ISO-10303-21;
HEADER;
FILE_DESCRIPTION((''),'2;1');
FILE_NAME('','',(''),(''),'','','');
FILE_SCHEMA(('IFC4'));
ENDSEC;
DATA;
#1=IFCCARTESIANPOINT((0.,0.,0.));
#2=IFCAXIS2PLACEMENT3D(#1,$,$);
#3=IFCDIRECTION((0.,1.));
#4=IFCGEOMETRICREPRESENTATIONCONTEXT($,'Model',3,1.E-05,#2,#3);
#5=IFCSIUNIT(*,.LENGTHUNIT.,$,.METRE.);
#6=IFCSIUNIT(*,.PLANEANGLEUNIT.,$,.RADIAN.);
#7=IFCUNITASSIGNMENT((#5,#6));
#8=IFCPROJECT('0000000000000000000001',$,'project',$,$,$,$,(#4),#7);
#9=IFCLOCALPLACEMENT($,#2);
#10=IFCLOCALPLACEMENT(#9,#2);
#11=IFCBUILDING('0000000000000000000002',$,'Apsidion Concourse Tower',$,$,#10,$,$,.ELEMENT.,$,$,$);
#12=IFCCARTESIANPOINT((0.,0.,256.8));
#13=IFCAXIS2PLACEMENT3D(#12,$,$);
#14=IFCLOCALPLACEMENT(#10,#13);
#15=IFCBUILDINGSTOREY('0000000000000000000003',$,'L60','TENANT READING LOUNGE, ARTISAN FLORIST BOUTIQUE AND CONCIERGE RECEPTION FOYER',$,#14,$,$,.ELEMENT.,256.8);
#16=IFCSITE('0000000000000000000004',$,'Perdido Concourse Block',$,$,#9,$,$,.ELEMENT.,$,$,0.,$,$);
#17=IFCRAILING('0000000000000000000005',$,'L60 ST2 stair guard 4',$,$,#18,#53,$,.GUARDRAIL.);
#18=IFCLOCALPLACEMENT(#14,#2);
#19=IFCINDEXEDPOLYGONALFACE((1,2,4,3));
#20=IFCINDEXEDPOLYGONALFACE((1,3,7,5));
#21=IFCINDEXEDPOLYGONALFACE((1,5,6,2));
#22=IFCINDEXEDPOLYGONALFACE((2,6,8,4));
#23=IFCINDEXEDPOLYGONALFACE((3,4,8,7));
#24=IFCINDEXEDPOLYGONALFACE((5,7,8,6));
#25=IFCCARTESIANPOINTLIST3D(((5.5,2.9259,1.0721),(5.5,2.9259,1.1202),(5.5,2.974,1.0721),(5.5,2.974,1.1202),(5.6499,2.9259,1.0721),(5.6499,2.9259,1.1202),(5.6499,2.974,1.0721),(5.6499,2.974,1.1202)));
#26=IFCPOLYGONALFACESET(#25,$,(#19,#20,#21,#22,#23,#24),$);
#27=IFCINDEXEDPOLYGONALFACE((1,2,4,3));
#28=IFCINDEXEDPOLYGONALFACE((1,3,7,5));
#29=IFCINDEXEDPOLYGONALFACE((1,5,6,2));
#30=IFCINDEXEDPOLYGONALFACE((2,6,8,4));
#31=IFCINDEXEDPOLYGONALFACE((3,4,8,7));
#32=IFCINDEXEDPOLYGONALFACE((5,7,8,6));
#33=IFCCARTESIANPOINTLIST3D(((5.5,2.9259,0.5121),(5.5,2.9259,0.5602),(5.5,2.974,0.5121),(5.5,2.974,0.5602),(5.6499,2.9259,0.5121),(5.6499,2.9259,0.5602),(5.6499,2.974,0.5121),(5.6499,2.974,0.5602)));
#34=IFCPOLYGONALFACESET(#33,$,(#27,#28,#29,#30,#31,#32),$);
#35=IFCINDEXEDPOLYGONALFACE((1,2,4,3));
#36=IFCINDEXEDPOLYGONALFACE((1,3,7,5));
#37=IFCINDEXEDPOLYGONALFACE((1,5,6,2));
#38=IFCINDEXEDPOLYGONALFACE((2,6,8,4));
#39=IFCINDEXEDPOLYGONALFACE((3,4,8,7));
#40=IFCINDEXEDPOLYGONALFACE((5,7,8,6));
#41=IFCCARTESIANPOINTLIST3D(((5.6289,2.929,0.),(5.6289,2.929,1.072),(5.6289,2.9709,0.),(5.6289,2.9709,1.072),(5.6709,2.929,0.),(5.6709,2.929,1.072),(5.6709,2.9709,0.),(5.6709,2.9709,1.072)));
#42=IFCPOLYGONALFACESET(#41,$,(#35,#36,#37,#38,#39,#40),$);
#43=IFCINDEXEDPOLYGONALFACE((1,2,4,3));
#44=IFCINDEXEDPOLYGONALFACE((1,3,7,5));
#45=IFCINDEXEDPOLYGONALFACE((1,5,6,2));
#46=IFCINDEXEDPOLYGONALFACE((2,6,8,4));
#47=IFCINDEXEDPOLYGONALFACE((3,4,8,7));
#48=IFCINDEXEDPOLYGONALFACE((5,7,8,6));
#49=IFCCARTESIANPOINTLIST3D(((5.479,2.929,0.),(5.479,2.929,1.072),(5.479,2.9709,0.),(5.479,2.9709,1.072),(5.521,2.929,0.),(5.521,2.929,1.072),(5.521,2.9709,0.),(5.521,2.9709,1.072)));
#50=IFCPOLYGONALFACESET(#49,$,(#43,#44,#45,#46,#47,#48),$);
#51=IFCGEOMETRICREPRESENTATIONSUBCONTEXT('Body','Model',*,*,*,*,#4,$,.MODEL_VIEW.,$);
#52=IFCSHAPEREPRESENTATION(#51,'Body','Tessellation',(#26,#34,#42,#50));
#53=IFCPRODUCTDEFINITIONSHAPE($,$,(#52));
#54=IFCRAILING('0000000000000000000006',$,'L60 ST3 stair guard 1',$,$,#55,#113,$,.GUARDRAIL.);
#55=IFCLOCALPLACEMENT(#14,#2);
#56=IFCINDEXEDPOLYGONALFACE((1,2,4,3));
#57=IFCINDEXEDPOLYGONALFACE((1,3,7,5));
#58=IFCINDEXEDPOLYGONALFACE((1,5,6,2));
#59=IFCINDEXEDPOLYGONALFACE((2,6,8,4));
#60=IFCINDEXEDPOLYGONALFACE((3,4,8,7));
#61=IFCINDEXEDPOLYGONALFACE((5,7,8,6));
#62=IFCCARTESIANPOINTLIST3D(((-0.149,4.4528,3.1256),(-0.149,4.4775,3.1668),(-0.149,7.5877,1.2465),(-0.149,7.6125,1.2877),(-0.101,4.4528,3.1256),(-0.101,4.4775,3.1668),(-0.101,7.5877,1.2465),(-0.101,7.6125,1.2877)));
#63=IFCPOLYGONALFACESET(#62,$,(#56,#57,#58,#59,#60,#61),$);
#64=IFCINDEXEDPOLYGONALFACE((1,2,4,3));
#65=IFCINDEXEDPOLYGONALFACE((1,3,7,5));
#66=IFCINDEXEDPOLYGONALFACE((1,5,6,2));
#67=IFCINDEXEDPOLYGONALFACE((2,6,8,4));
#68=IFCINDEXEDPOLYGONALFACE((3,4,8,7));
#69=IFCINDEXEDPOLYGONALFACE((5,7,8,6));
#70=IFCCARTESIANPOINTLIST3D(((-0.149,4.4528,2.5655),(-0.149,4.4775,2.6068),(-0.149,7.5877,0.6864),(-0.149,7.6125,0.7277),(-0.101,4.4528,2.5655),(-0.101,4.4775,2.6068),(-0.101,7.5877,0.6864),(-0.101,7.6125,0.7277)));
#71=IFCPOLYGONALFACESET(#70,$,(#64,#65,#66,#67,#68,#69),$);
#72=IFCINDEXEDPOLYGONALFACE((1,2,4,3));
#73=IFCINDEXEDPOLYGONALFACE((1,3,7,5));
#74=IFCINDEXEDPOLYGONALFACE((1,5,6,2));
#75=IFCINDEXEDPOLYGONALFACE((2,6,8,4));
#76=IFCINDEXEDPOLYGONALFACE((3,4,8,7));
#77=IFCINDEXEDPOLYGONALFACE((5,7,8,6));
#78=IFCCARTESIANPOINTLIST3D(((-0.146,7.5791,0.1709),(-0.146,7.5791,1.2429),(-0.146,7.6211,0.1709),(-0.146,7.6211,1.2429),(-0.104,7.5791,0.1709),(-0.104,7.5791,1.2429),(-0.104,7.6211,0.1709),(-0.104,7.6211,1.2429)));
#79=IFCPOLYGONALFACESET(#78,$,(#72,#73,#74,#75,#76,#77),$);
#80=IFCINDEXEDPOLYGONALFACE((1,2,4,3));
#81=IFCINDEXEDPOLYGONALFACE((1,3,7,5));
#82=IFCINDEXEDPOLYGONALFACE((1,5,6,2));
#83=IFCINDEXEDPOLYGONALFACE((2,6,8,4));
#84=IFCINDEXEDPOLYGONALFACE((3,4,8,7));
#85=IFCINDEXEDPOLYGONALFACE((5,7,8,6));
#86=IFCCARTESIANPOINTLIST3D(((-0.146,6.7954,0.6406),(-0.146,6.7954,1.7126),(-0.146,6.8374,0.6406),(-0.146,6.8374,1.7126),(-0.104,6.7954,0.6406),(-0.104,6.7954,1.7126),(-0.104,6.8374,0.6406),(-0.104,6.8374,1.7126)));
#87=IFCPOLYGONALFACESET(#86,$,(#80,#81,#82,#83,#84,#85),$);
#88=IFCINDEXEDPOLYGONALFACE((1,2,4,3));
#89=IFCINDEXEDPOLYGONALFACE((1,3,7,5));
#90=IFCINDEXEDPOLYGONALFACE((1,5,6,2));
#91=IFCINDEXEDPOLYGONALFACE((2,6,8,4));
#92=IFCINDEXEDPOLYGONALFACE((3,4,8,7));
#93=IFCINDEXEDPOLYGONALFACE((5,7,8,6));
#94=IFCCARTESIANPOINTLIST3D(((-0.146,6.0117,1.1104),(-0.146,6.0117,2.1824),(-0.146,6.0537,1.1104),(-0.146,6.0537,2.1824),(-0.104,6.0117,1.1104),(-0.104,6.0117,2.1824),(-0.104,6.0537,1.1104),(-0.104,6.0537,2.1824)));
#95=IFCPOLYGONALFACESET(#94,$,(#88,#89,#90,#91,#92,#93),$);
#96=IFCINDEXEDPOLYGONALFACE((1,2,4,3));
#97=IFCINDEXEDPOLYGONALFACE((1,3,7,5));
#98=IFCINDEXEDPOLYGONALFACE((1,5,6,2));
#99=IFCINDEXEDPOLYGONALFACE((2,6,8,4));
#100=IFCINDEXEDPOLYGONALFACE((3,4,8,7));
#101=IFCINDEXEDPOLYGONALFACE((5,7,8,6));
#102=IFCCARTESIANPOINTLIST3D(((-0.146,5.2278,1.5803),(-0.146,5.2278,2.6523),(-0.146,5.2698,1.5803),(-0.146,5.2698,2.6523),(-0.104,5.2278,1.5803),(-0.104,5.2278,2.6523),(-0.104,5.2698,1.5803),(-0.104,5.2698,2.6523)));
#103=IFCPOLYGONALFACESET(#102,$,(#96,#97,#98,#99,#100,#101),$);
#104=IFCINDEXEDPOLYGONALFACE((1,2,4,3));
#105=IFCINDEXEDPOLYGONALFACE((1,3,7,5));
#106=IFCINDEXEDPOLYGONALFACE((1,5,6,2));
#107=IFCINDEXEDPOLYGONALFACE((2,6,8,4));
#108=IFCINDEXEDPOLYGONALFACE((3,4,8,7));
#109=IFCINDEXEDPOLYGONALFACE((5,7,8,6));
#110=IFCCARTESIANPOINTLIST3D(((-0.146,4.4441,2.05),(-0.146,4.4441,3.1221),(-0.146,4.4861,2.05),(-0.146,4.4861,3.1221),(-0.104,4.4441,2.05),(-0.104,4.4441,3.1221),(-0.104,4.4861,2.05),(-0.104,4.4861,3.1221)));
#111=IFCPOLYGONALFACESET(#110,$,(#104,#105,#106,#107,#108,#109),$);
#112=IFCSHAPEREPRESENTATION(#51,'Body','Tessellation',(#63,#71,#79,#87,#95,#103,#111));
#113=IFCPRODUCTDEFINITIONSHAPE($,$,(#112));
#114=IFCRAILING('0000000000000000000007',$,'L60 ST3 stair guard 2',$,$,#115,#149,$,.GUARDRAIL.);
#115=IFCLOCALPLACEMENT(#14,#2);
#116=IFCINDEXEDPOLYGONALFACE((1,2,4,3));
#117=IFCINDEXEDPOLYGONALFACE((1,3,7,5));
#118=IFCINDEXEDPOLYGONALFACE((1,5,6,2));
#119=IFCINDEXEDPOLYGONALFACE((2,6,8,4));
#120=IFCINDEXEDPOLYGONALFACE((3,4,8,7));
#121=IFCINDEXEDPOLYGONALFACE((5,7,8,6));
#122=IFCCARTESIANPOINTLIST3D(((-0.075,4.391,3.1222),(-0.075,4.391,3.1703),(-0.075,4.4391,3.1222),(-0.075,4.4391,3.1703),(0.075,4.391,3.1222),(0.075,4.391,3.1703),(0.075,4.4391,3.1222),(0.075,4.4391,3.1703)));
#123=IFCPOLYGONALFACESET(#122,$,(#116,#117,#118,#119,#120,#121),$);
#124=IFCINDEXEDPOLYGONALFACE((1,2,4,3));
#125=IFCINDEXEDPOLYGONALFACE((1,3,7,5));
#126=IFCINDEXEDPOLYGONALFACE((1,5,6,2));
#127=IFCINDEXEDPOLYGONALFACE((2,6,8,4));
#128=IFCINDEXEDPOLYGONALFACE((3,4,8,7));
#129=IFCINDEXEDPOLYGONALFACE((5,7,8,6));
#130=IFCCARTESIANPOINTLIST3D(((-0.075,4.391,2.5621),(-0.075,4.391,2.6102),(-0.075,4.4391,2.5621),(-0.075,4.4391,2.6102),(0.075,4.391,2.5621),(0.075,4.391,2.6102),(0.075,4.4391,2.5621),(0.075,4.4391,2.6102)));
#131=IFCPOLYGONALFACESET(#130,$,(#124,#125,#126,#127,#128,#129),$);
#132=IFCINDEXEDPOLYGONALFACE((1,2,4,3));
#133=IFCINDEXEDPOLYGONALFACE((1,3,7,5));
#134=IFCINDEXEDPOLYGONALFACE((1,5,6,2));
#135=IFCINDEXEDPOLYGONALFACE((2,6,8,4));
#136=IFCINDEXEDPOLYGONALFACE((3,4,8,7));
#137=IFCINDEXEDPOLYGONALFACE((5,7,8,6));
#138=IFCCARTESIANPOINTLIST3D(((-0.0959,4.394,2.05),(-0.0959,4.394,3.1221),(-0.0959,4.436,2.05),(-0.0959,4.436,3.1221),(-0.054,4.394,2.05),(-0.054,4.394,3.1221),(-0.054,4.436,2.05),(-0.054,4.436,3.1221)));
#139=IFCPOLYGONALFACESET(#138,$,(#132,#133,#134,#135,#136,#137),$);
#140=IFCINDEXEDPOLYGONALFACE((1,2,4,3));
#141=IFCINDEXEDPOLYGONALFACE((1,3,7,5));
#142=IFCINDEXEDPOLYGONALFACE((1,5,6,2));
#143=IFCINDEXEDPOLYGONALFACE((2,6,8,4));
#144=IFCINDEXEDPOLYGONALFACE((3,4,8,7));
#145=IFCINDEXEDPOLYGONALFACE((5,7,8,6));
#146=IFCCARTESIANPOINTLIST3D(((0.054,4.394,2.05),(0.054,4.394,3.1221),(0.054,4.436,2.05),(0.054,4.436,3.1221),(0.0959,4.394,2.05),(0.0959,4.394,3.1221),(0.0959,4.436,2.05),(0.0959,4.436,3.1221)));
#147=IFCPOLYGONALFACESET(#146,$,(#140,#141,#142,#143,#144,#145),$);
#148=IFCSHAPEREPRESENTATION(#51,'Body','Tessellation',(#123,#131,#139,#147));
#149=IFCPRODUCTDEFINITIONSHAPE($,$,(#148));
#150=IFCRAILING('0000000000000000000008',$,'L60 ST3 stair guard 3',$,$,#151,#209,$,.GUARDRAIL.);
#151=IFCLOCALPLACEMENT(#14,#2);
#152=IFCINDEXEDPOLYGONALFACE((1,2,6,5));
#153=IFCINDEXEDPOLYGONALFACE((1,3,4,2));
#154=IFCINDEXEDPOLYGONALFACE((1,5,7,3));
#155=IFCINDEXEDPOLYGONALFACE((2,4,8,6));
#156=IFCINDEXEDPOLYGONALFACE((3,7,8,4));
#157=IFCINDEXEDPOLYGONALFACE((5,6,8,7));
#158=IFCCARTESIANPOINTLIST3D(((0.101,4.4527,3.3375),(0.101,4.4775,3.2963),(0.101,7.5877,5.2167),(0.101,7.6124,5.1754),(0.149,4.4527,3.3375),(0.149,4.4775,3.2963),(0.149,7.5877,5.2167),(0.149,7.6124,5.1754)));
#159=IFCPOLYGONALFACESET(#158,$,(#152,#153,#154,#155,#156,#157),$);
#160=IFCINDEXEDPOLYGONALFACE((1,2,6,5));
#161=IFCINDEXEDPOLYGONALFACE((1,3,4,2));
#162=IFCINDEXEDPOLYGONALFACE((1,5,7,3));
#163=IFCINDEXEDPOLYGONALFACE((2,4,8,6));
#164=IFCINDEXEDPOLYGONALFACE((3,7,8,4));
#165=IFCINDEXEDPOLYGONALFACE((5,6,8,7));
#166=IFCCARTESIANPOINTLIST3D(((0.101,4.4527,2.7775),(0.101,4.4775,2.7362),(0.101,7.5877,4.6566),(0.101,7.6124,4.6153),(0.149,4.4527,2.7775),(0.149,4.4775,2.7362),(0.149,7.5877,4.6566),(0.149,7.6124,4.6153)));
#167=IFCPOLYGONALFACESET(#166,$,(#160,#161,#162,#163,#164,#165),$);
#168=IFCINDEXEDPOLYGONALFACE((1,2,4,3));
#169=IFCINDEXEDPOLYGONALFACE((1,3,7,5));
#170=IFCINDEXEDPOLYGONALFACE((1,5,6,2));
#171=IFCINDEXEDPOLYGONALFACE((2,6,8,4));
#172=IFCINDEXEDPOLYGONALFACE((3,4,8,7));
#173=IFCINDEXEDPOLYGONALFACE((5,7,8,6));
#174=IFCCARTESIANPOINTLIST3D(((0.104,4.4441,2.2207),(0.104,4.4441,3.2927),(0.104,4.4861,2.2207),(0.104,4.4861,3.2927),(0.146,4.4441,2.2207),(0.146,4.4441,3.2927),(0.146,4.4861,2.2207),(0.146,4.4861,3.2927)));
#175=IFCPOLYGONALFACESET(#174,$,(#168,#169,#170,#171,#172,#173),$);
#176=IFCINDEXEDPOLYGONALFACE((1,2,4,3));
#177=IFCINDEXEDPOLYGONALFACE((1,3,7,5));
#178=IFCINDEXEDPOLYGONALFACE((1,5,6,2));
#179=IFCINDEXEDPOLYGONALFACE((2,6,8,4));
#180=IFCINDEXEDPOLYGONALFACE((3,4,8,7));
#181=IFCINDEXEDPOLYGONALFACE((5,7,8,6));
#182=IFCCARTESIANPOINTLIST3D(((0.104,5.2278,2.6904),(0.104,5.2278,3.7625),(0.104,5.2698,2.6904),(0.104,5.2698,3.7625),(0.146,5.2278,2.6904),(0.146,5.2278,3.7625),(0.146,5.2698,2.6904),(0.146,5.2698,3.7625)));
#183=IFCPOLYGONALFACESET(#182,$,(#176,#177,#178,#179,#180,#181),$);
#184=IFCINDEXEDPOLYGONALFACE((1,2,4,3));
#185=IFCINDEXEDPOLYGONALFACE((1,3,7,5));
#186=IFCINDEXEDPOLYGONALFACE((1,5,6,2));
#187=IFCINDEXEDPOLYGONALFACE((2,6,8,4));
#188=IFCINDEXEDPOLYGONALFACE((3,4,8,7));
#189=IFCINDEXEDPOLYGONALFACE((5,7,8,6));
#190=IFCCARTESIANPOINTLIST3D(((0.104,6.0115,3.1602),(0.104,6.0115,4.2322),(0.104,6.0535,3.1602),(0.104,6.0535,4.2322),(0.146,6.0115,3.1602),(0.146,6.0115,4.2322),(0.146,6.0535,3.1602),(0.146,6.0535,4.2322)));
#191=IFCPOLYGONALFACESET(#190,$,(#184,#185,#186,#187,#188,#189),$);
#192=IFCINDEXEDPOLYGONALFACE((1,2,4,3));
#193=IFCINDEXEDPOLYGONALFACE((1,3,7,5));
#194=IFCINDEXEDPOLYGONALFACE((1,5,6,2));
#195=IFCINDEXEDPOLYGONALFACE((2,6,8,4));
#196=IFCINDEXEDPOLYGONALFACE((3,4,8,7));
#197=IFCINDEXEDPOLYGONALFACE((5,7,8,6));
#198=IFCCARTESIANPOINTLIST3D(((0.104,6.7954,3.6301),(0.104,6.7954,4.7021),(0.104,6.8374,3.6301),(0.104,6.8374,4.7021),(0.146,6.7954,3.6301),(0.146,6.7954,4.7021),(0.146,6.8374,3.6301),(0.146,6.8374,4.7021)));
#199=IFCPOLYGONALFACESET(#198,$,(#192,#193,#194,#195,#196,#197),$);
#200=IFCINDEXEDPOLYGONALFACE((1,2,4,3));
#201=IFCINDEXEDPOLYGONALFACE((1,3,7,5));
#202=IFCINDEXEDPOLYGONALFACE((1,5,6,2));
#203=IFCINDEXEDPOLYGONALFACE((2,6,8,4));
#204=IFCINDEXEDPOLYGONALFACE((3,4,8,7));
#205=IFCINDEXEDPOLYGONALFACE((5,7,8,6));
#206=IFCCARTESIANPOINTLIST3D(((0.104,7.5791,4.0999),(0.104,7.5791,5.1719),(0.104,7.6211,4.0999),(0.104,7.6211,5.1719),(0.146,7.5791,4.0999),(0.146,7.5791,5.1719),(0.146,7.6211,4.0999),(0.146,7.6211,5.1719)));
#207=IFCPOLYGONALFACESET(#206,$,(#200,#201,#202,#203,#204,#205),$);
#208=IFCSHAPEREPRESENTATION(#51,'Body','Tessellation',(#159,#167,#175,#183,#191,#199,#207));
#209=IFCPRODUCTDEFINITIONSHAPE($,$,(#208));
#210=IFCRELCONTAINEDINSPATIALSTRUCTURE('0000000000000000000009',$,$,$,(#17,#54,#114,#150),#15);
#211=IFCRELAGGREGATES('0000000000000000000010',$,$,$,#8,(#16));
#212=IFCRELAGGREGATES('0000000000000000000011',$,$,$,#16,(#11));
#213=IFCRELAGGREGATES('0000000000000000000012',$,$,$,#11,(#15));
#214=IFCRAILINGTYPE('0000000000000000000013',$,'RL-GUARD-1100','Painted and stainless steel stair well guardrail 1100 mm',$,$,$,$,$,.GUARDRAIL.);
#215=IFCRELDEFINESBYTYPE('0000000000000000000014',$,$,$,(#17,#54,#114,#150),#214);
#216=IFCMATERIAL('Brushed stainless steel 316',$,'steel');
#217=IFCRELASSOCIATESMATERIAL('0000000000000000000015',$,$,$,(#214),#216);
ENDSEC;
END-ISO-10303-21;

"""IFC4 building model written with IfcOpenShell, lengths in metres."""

from ifc_helpers import new_model, si_unit, direction, frame, origin, origin_2d, place, context, subcontext, project, spatial, rectangle, extrude, material, type_object, element, save


model = new_model("IFC4")

# Units and contexts
model_context = context("Model", 3, precision=1e-05, world=origin(), true_north=direction((0.0, 1.0)))
body_context = subcontext(model_context, "Body", "Model", "MODEL_VIEW")
ifc_project = project(units=[si_unit("LENGTHUNIT", "METRE"), si_unit("PLANEANGLEUNIT", "RADIAN")], contexts=[model_context])

# Site, building, storey
site_placement = place(None, origin())
site = spatial("IfcSite", under=ifc_project, at=site_placement, Name="Perdido Concourse Block", CompositionType="ELEMENT", RefElevation=0.0)
building_placement = place(site_placement, origin())
building = spatial("IfcBuilding", under=site, at=building_placement, Name="Apsidion Concourse Tower", CompositionType="ELEMENT")
storey_placement = place(building_placement, frame((0.0, 0.0, 256.8)))
storey = spatial("IfcBuildingStorey", under=building, at=storey_placement, Name="L60", Description="TENANT READING LOUNGE, ARTISAN FLORIST BOUTIQUE AND CONCIERGE RECEPTION FOYER", CompositionType="ELEMENT", Elevation=256.8)

# Shared definitions
ifc_material_1 = material(Name="Brushed stainless steel 316", Category="steel")

# Railings
railing_type_1 = type_object("IfcRailingType", Name="RL-GUARD-1100", Description="Painted and stainless steel stair well guardrail 1100 mm", PredefinedType="GUARDRAIL", material=ifc_material_1)
railing_1_placement = place(storey_placement, frame((5.6499, 2.95, 0.0)))
element("IfcRailing", 1, at=railing_1_placement, inside=storey, type_object=railing_type_1, Name="L60 ST2 stair guard 4", PredefinedType="GUARDRAIL", context=body_context, shape_type="SweptSolid", body=[
    extrude(rectangle(XDim=0.0481, YDim=0.0481, at=origin_2d()), frame((0.0, 0.0, 1.0962), z_axis=(-1.0, 0.0, 0.0), x_axis=(0.0, -1.0, 0.0)), (0.0, 0.0, 1.0), 0.1499),
    extrude(rectangle(XDim=0.0481, YDim=0.0481, at=origin_2d()), frame((0.0, 0.0, 0.5361), z_axis=(-1.0, 0.0, 0.0), x_axis=(0.0, -1.0, 0.0)), (0.0, 0.0, 1.0), 0.1499),
    extrude(rectangle(XDim=0.042, YDim=0.042, at=origin_2d()), origin(), (0.0, 0.0, 1.0), 1.072),
    extrude(rectangle(XDim=0.042, YDim=0.042, at=origin_2d()), frame((-0.1499, 0.0, 0.0)), (0.0, 0.0, 1.0), 1.072),
])
railing_2_placement = place(storey_placement, frame((-0.125, 7.6001, 0.1709)))
element("IfcRailing", 2, at=railing_2_placement, inside=storey, type_object=railing_type_1, Name="L60 ST3 stair guard 1", PredefinedType="GUARDRAIL", context=body_context, shape_type="SweptSolid", body=[
    extrude(rectangle(XDim=0.0481, YDim=0.0481, at=origin_2d()), frame((0.0, 0.0, 1.0962), z_axis=(0.0, -0.857717, 0.514122), x_axis=(1.0, 0.0, 0.0)), (0.0, 0.0, 1.0), 3.655),
    extrude(rectangle(XDim=0.0481, YDim=0.0481, at=origin_2d()), frame((0.0, 0.0, 0.5361), z_axis=(0.0, -0.857717, 0.514122), x_axis=(1.0, 0.0, 0.0)), (0.0, 0.0, 1.0), 3.655),
    extrude(rectangle(XDim=0.042, YDim=0.042, at=origin_2d()), origin(), (0.0, 0.0, 1.0), 1.072),
    extrude(rectangle(XDim=0.042, YDim=0.042, at=origin_2d()), frame((0.0, -0.7837, 0.4697)), (0.0, 0.0, 1.0), 1.072),
    extrude(rectangle(XDim=0.042, YDim=0.042, at=origin_2d()), frame((0.0, -1.5674, 0.9395)), (0.0, 0.0, 1.0), 1.072),
    extrude(rectangle(XDim=0.042, YDim=0.042, at=origin_2d()), frame((0.0, -2.3513, 1.4094)), (0.0, 0.0, 1.0), 1.072),
    extrude(rectangle(XDim=0.042, YDim=0.042, at=origin_2d()), frame((0.0, -3.135, 1.8792)), (0.0, 0.0, 1.0), 1.072),
])
railing_3_placement = place(storey_placement, frame((-0.075, 4.415, 2.05)))
element("IfcRailing", 3, at=railing_3_placement, inside=storey, type_object=railing_type_1, Name="L60 ST3 stair guard 2", PredefinedType="GUARDRAIL", context=body_context, shape_type="SweptSolid", body=[
    extrude(rectangle(XDim=0.0481, YDim=0.0481, at=origin_2d()), frame((0.0, 0.0, 1.0962), z_axis=(1.0, 0.0, 0.0), x_axis=(0.0, 1.0, 0.0)), (0.0, 0.0, 1.0), 0.1499),
    extrude(rectangle(XDim=0.0481, YDim=0.0481, at=origin_2d()), frame((0.0, 0.0, 0.5361), z_axis=(1.0, 0.0, 0.0), x_axis=(0.0, 1.0, 0.0)), (0.0, 0.0, 1.0), 0.1499),
    extrude(rectangle(XDim=0.042, YDim=0.042, at=origin_2d()), origin(), (0.0, 0.0, 1.0), 1.072),
    extrude(rectangle(XDim=0.042, YDim=0.042, at=origin_2d()), frame((0.1499, 0.0, 0.0)), (0.0, 0.0, 1.0), 1.072),
])
railing_4_placement = place(storey_placement, frame((0.125, 4.4651, 2.2207)))
element("IfcRailing", 4, at=railing_4_placement, inside=storey, type_object=railing_type_1, Name="L60 ST3 stair guard 3", PredefinedType="GUARDRAIL", context=body_context, shape_type="SweptSolid", body=[
    extrude(rectangle(XDim=0.0481, YDim=0.0481, at=origin_2d()), frame((0.0, 0.0, 1.0962), z_axis=(0.0, 0.857717, 0.514122), x_axis=(-1.0, 0.0, 0.0)), (0.0, 0.0, 1.0), 3.655),
    extrude(rectangle(XDim=0.0481, YDim=0.0481, at=origin_2d()), frame((0.0, 0.0, 0.5361), z_axis=(0.0, 0.857717, 0.514122), x_axis=(-1.0, 0.0, 0.0)), (0.0, 0.0, 1.0), 3.655),
    extrude(rectangle(XDim=0.042, YDim=0.042, at=origin_2d()), origin(), (0.0, 0.0, 1.0), 1.072),
    extrude(rectangle(XDim=0.042, YDim=0.042, at=origin_2d()), frame((0.0, 0.7837, 0.4697)), (0.0, 0.0, 1.0), 1.072),
    extrude(rectangle(XDim=0.042, YDim=0.042, at=origin_2d()), frame((0.0, 1.5674, 0.9395)), (0.0, 0.0, 1.0), 1.072),
    extrude(rectangle(XDim=0.042, YDim=0.042, at=origin_2d()), frame((0.0, 2.3513, 1.4094)), (0.0, 0.0, 1.0), 1.072),
    extrude(rectangle(XDim=0.042, YDim=0.042, at=origin_2d()), frame((0.0, 3.135, 1.8792)), (0.0, 0.0, 1.0), 1.072),
])

save(model, "model.ifc")
